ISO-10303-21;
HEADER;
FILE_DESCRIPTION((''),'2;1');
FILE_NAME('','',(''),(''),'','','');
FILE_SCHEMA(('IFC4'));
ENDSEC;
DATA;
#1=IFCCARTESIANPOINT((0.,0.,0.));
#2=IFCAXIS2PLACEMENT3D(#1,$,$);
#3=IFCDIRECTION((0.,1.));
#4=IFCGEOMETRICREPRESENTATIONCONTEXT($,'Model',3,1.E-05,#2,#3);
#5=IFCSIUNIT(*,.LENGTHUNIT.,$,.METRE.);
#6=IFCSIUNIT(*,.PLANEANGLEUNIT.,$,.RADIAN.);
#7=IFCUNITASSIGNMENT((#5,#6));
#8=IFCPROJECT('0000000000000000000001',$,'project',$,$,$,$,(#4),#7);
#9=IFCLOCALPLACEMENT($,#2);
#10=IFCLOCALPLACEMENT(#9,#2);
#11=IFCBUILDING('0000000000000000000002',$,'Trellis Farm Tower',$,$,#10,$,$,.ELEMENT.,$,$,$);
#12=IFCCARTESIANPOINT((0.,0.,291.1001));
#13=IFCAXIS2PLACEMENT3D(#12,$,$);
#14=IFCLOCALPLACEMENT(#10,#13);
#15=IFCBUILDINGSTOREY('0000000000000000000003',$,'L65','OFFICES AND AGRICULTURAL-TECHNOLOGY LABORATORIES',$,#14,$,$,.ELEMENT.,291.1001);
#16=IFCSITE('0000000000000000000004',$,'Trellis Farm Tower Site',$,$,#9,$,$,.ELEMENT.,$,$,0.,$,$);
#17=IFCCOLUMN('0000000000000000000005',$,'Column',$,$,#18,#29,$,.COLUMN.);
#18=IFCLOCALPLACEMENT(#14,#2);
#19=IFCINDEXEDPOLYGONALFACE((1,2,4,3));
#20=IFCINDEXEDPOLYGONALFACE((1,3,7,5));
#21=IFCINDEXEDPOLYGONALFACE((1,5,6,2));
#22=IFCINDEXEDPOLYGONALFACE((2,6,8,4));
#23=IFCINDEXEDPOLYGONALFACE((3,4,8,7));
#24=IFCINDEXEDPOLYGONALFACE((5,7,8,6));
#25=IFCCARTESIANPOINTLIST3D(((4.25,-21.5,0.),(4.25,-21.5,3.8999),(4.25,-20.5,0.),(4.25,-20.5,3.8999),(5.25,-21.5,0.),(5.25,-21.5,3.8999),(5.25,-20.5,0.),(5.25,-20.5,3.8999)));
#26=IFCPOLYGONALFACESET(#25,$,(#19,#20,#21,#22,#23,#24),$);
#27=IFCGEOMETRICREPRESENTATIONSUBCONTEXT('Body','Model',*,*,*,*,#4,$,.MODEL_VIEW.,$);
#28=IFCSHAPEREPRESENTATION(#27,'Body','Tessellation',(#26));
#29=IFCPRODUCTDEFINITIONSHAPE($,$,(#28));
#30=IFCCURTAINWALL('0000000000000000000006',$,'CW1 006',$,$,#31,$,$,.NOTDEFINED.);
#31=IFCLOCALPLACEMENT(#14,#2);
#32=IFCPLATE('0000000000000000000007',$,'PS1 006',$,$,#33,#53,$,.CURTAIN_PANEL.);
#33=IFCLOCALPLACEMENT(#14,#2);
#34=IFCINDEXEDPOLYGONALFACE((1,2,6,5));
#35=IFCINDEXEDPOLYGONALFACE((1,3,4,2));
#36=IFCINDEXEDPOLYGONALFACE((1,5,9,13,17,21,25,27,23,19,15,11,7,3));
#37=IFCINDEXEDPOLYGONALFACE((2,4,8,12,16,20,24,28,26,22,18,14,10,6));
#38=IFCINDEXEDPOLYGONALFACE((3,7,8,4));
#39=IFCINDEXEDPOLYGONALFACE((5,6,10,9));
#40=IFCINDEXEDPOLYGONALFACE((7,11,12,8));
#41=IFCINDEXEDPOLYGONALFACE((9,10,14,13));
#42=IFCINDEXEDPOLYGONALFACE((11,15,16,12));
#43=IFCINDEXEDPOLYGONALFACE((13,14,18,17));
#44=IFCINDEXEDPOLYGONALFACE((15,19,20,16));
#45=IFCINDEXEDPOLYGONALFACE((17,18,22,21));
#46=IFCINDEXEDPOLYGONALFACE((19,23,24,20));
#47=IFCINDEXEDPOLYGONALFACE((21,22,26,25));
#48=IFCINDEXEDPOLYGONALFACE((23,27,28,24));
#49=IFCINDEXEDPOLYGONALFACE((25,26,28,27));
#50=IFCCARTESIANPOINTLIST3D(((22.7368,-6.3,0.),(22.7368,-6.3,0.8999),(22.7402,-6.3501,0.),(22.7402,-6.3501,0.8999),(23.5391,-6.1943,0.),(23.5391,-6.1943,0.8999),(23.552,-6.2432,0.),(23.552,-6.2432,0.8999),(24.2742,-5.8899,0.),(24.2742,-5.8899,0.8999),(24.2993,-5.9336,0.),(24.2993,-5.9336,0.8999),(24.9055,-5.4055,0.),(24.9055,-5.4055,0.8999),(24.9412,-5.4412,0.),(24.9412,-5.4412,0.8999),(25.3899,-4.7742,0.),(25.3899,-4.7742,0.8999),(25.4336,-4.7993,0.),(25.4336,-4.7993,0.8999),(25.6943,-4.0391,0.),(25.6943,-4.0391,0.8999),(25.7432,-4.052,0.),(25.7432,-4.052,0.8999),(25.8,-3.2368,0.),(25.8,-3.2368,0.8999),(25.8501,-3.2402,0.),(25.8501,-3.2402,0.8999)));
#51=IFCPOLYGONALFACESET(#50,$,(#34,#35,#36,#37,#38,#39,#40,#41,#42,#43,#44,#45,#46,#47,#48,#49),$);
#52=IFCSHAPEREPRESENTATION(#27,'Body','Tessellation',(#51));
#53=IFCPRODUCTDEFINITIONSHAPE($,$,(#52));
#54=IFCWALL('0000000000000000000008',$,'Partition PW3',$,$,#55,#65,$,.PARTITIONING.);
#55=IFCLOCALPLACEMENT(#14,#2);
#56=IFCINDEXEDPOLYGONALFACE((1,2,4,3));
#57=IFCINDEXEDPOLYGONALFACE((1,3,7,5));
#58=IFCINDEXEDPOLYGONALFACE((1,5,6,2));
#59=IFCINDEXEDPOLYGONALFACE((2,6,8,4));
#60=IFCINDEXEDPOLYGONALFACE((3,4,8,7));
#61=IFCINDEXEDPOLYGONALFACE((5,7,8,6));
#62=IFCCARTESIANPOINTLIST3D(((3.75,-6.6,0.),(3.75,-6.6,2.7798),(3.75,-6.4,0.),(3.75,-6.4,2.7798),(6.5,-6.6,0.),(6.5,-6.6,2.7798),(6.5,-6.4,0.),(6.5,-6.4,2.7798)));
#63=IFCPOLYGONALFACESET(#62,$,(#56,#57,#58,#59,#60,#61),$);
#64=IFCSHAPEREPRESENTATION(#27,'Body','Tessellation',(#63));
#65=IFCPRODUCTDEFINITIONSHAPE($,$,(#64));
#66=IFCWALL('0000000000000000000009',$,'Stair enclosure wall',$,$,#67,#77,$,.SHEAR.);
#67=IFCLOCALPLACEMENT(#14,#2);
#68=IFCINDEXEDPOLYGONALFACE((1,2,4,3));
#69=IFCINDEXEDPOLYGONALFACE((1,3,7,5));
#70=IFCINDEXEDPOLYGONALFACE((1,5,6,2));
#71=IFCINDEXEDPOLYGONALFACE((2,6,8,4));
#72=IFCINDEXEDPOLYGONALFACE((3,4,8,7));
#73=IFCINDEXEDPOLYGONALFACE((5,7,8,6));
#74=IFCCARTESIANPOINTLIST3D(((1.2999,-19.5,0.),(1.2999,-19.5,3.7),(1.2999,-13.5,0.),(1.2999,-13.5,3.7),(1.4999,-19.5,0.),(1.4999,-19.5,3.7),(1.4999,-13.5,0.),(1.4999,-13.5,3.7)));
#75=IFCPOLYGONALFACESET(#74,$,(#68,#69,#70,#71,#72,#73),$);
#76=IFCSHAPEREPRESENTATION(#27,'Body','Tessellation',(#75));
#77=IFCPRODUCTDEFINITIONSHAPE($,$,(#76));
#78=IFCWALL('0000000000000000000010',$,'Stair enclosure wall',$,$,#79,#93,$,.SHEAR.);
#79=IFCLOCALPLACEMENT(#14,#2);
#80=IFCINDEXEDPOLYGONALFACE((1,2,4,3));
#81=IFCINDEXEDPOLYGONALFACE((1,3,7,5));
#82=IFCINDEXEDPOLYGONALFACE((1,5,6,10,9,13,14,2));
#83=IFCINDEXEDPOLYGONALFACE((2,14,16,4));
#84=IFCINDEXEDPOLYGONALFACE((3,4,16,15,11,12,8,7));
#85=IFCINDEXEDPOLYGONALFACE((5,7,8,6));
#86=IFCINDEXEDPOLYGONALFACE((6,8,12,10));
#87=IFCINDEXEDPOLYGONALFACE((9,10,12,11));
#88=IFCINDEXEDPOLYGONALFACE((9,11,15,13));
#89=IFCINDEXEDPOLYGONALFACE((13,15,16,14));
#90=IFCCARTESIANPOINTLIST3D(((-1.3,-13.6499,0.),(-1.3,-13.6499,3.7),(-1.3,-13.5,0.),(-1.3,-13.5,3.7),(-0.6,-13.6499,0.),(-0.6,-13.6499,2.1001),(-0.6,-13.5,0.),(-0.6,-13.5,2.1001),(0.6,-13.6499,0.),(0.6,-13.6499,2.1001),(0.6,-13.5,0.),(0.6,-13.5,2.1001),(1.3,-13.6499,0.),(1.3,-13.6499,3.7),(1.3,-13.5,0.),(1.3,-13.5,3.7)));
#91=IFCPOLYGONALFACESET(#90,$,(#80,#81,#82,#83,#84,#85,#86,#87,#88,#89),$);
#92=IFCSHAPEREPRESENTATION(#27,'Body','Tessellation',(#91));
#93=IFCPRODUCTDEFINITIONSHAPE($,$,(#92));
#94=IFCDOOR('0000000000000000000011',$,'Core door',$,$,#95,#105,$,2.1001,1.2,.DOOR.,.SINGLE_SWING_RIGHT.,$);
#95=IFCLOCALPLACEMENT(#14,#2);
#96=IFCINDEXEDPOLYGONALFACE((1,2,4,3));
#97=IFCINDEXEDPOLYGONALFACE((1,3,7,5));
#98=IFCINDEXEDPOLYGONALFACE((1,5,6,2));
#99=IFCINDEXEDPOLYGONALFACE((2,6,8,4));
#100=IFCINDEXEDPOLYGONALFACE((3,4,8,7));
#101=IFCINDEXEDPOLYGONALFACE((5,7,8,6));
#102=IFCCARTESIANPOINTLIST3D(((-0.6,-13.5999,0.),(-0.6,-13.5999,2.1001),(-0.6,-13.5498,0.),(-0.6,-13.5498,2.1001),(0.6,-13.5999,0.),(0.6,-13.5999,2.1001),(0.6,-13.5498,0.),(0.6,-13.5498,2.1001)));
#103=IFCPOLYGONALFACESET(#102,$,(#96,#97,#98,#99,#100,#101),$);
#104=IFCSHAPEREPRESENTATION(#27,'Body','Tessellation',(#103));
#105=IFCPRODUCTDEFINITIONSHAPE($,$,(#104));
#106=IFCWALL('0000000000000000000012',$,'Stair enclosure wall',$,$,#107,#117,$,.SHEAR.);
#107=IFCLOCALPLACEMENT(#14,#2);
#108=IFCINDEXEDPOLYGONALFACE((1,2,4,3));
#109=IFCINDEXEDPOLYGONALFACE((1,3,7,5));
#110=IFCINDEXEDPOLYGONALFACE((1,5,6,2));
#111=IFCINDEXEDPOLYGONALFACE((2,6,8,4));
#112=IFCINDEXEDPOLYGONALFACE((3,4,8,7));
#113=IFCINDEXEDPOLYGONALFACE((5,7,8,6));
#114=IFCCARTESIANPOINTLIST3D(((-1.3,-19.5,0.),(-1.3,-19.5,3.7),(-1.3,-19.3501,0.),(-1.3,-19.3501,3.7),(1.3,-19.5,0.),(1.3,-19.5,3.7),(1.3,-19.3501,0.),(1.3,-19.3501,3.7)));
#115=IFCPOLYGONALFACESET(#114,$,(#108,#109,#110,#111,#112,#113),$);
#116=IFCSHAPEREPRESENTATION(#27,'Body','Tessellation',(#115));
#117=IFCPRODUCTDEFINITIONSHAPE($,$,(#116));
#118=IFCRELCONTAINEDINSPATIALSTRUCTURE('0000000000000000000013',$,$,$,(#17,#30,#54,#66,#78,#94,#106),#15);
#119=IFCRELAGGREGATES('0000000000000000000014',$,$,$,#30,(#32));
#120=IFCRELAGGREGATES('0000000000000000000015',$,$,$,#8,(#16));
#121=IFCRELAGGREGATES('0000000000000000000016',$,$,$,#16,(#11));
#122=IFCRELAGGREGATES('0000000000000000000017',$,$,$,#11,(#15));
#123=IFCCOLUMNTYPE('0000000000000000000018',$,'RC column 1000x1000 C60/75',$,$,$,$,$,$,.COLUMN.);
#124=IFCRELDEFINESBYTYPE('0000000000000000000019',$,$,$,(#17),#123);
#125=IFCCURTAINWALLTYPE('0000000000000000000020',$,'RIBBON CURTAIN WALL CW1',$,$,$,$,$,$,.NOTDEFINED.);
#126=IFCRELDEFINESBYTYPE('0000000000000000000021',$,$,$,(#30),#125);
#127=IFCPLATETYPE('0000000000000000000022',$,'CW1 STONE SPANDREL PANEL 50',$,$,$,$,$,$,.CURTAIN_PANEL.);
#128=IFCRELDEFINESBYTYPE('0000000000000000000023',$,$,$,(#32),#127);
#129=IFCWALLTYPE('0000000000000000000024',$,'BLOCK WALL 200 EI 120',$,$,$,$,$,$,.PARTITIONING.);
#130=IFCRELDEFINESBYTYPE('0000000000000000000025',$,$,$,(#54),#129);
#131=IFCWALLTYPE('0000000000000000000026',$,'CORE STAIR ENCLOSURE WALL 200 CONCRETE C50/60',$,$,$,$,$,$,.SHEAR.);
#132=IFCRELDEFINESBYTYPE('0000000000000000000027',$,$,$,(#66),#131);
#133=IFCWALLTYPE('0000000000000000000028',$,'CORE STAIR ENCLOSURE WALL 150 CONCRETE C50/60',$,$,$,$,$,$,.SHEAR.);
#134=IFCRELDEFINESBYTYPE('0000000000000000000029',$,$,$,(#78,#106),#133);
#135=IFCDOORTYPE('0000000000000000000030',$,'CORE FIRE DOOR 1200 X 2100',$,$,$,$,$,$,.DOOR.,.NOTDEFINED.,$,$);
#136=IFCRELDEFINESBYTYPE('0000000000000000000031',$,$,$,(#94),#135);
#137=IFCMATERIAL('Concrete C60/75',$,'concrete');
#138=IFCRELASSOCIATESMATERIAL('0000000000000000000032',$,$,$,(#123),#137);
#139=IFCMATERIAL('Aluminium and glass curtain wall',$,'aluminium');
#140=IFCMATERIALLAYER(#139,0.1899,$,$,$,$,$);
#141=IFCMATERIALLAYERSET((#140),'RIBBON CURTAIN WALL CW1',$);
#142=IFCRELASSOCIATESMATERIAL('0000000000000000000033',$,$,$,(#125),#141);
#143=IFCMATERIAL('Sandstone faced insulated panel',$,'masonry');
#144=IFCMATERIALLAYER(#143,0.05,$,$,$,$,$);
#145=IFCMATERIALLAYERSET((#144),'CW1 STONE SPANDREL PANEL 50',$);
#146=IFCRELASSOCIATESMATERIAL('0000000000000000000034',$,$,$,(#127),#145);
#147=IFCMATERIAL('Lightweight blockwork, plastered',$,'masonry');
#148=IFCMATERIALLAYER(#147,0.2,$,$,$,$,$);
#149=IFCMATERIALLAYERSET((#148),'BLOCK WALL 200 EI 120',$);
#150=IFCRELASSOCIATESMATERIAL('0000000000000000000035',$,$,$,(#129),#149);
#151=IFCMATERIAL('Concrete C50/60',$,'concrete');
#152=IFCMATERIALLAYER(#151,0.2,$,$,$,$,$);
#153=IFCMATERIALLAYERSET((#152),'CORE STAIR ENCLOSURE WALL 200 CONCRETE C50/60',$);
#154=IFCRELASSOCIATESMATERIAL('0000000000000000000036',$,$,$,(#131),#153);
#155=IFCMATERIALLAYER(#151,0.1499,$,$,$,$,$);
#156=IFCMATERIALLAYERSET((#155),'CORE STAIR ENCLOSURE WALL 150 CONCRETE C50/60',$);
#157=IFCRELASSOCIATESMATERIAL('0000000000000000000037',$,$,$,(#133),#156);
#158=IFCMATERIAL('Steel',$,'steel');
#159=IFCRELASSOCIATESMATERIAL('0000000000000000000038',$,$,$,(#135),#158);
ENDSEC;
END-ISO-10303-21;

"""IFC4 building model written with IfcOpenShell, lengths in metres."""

from ifc_helpers import new_model, si_unit, direction, frame, frame_2d, origin, origin_2d, place, context, subcontext, project, spatial, polyline, rectangle, outline, extrude, source, transform, mapped, material, layer, layer_set, material_profile, profile_set, type_object, element, fill, aggregate, save


model = new_model("IFC4")

# Units and contexts
model_context = context("Model", 3, precision=1e-05, world=origin(), true_north=direction((0.0, 1.0)))
body_context = subcontext(model_context, "Body", "Model", "MODEL_VIEW")
ifc_project = project(units=[si_unit("LENGTHUNIT", "METRE"), si_unit("PLANEANGLEUNIT", "RADIAN")], contexts=[model_context])

# Site, building, storey
site_placement = place(None, origin())
site = spatial("IfcSite", under=ifc_project, at=site_placement, Name="Trellis Farm Tower Site", CompositionType="ELEMENT", RefElevation=0.0)
building_placement = place(site_placement, origin())
building = spatial("IfcBuilding", under=site, at=building_placement, Name="Trellis Farm Tower", CompositionType="ELEMENT")
storey_placement = place(building_placement, frame((0.0, 0.0, 291.1001)))
storey = spatial("IfcBuildingStorey", under=building, at=storey_placement, Name="L65", Description="OFFICES AND AGRICULTURAL-TECHNOLOGY LABORATORIES", CompositionType="ELEMENT", Elevation=291.1001)

# Column
ifc_material_1 = material(Name="Concrete C60/75", Category="concrete")
ifc_material_profile = material_profile(ifc_material_1, rectangle(XDim=1.0, YDim=1.0, at=origin_2d()), Name="RC column 1000x1000 C60/75")
ifc_profile_set = profile_set([ifc_material_profile], Name="Concrete C60/75")
column_type = type_object("IfcColumnType", Name="RC column 1000x1000 C60/75", PredefinedType="COLUMN", material=ifc_profile_set)
shared_shape_1 = source(origin(), body_context, "Body", "SweptSolid", [
    extrude(rectangle(XDim=1.0, YDim=1.0, at=origin_2d()), origin(), (0.0, 0.0, 1.0), 3.8999),
])
column_placement = place(storey_placement, frame((4.75, -21.0, 0.0), z_axis=(0.0, 0.0, 1.0), x_axis=(1.0, 0.0, 0.0)))
element("IfcColumn", 1, at=column_placement, inside=storey, type_object=column_type, Name="Column", PredefinedType="COLUMN", context=body_context, shape_type="MappedRepresentation", body=[
    mapped(shared_shape_1, transform((0.0, 0.0, 0.0))),
])

# Curtain wall, plate
ifc_material_2 = material(Name="Aluminium and glass curtain wall", Category="aluminium")
ifc_layer_1 = layer(ifc_material_2, 0.1899)
ifc_layer_set_1 = layer_set([ifc_layer_1], Name="RIBBON CURTAIN WALL CW1")
curtain_wall_type = type_object("IfcCurtainWallType", Name="RIBBON CURTAIN WALL CW1", PredefinedType="NOTDEFINED", material=ifc_layer_set_1)
placement = place(storey_placement, origin())
curtain_wall = element("IfcCurtainWall", 2, at=placement, inside=storey, type_object=curtain_wall_type, Name="CW1 006", PredefinedType="NOTDEFINED")
ifc_material_3 = material(Name="Sandstone faced insulated panel", Category="masonry")
ifc_layer_2 = layer(ifc_material_3, 0.05)
ifc_layer_set_2 = layer_set([ifc_layer_2], Name="CW1 STONE SPANDREL PANEL 50")
plate_type = type_object("IfcPlateType", Name="CW1 STONE SPANDREL PANEL 50", PredefinedType="CURTAIN_PANEL", material=ifc_layer_set_2)
shared_shape_2 = source(origin(), body_context, "Body", "SweptSolid", [
    extrude(outline(polyline([(22.7402, -6.3501), (23.552, -6.2432), (24.2993, -5.9336), (24.9412, -5.4412), (25.4336, -4.7993), (25.7432, -4.052), (25.8501, -3.2402), (25.8, -3.2368), (25.6943, -4.0391), (25.3899, -4.7742), (24.9055, -5.4055), (24.2742, -5.8899), (23.5391, -6.1943), (22.7368, -6.3), (22.7402, -6.3501)])), origin(), (0.0, 0.0, 1.0), 0.8999),
])
plate = element("IfcPlate", 3, at=placement, type_object=plate_type, Name="PS1 006", PredefinedType="CURTAIN_PANEL", context=body_context, shape_type="MappedRepresentation", body=[
    mapped(shared_shape_2, transform((0.0, 0.0, 0.0))),
])
aggregate(curtain_wall, [plate])

# Walls
ifc_material_4 = material(Name="Lightweight blockwork, plastered", Category="masonry")
ifc_layer_3 = layer(ifc_material_4, 0.2)
ifc_layer_set_3 = layer_set([ifc_layer_3], Name="BLOCK WALL 200 EI 120")
wall_type_1 = type_object("IfcWallType", Name="BLOCK WALL 200 EI 120", PredefinedType="PARTITIONING", material=ifc_layer_set_3)
wall_1_placement = place(storey_placement, frame((3.75, -6.5, 0.0), z_axis=(0.0, 0.0, 1.0), x_axis=(1.0, 0.0, 0.0)))
element("IfcWall", 4, at=wall_1_placement, inside=storey, type_object=wall_type_1, Name="Partition PW3", PredefinedType="PARTITIONING", context=body_context, shape_type="SweptSolid", body=[
    extrude(rectangle(XDim=2.75, YDim=0.2, at=frame_2d((1.375, 0.0))), origin(), (0.0, 0.0, 1.0), 2.7798),
])
ifc_material_5 = material(Name="Concrete C50/60", Category="concrete")
ifc_layer_4 = layer(ifc_material_5, 0.2)
ifc_layer_set_4 = layer_set([ifc_layer_4], Name="CORE STAIR ENCLOSURE WALL 200 CONCRETE C50/60")
wall_type_2 = type_object("IfcWallType", Name="CORE STAIR ENCLOSURE WALL 200 CONCRETE C50/60", PredefinedType="SHEAR", material=ifc_layer_set_4)
shared_shape_3 = source(origin(), body_context, "Body", "SweptSolid", [
    extrude(rectangle(XDim=6.0, YDim=0.2, at=frame_2d((3.0, 0.0))), origin(), (0.0, 0.0, 1.0), 3.7),
])
wall_2_placement = place(storey_placement, frame((1.3999, -13.5, 0.0), z_axis=(0.0, 0.0, 1.0), x_axis=(0.0, -1.0, 0.0)))
element("IfcWall", 5, at=wall_2_placement, inside=storey, type_object=wall_type_2, Name="Stair enclosure wall", PredefinedType="SHEAR", context=body_context, shape_type="MappedRepresentation", body=[
    mapped(shared_shape_3, transform((0.0, 0.0, 0.0))),
])

# Wall, opening, door
ifc_layer_5 = layer(ifc_material_5, 0.1499)
ifc_layer_set_5 = layer_set([ifc_layer_5], Name="CORE STAIR ENCLOSURE WALL 150 CONCRETE C50/60")
wall_type_3 = type_object("IfcWallType", Name="CORE STAIR ENCLOSURE WALL 150 CONCRETE C50/60", PredefinedType="SHEAR", material=ifc_layer_set_5)
shared_shape_4 = source(origin(), body_context, "Body", "SweptSolid", [
    extrude(rectangle(XDim=2.6001, YDim=0.1499, at=frame_2d((1.3, 0.0))), origin(), (0.0, 0.0, 1.0), 3.7),
])
wall_3_placement = place(storey_placement, frame((1.3, -13.575, 0.0), z_axis=(0.0, 0.0, 1.0), x_axis=(-1.0, 0.0, 0.0)))
wall_3 = element("IfcWall", 6, at=wall_3_placement, inside=storey, type_object=wall_type_3, Name="Stair enclosure wall", PredefinedType="SHEAR", context=body_context, shape_type="MappedRepresentation", body=[
    mapped(shared_shape_4, transform((0.0, 0.0, 0.0))),
])
shared_shape_5 = source(origin(), body_context, "Body", "SweptSolid", [
    extrude(rectangle(XDim=1.2, YDim=2.1001, at=frame_2d((0.6001, 1.05))), frame((0.0, 0.085, 0.0), z_axis=(0.0, -1.0, 0.0), x_axis=(1.0, 0.0, 0.0)), (0.0, 0.0, 1.0), 0.1699),
])
opening_1_placement = place(wall_3_placement, frame((0.7, 0.0, 0.0)))
opening_1 = element("IfcOpeningElement", 7, at=opening_1_placement, cuts=wall_3, PredefinedType="OPENING", context=body_context, shape_type="MappedRepresentation", body=[
    mapped(shared_shape_5, transform((0.0, 0.0, 0.0))),
])
ifc_material_6 = material(Name="Steel", Category="steel")
door_type_1 = type_object("IfcDoorType", Name="CORE FIRE DOOR 1200 X 2100", OperationType="NOTDEFINED", PredefinedType="DOOR", material=ifc_material_6)
shared_shape_6 = source(origin(), body_context, "Body", "SweptSolid", [
    extrude(rectangle(XDim=1.2, YDim=2.1001, at=frame_2d((0.6001, 1.05))), frame((0.0, 0.0249, 0.0), z_axis=(0.0, -1.0, 0.0), x_axis=(1.0, 0.0, 0.0)), (0.0, 0.0, 1.0), 0.05),
])
door_1_placement = place(opening_1_placement, origin())
door_1 = element("IfcDoor", 8, at=door_1_placement, inside=storey, type_object=door_type_1, Name="Core door", OperationType="SINGLE_SWING_RIGHT", OverallHeight=2.1001, OverallWidth=1.2, PredefinedType="DOOR", context=body_context, shape_type="MappedRepresentation", body=[
    mapped(shared_shape_6, transform((0.0, 0.0, 0.0))),
])
fill(opening_1, door_1)

# Wall
wall_4_placement = place(storey_placement, frame((1.3, -19.425, 0.0), z_axis=(0.0, 0.0, 1.0), x_axis=(-1.0, 0.0, 0.0)))
element("IfcWall", 9, at=wall_4_placement, inside=storey, type_object=wall_type_3, Name="Stair enclosure wall", PredefinedType="SHEAR", context=body_context, shape_type="MappedRepresentation", body=[
    mapped(shared_shape_4, transform((0.0, 0.0, 0.0))),
])

save(model, "model.ifc")
